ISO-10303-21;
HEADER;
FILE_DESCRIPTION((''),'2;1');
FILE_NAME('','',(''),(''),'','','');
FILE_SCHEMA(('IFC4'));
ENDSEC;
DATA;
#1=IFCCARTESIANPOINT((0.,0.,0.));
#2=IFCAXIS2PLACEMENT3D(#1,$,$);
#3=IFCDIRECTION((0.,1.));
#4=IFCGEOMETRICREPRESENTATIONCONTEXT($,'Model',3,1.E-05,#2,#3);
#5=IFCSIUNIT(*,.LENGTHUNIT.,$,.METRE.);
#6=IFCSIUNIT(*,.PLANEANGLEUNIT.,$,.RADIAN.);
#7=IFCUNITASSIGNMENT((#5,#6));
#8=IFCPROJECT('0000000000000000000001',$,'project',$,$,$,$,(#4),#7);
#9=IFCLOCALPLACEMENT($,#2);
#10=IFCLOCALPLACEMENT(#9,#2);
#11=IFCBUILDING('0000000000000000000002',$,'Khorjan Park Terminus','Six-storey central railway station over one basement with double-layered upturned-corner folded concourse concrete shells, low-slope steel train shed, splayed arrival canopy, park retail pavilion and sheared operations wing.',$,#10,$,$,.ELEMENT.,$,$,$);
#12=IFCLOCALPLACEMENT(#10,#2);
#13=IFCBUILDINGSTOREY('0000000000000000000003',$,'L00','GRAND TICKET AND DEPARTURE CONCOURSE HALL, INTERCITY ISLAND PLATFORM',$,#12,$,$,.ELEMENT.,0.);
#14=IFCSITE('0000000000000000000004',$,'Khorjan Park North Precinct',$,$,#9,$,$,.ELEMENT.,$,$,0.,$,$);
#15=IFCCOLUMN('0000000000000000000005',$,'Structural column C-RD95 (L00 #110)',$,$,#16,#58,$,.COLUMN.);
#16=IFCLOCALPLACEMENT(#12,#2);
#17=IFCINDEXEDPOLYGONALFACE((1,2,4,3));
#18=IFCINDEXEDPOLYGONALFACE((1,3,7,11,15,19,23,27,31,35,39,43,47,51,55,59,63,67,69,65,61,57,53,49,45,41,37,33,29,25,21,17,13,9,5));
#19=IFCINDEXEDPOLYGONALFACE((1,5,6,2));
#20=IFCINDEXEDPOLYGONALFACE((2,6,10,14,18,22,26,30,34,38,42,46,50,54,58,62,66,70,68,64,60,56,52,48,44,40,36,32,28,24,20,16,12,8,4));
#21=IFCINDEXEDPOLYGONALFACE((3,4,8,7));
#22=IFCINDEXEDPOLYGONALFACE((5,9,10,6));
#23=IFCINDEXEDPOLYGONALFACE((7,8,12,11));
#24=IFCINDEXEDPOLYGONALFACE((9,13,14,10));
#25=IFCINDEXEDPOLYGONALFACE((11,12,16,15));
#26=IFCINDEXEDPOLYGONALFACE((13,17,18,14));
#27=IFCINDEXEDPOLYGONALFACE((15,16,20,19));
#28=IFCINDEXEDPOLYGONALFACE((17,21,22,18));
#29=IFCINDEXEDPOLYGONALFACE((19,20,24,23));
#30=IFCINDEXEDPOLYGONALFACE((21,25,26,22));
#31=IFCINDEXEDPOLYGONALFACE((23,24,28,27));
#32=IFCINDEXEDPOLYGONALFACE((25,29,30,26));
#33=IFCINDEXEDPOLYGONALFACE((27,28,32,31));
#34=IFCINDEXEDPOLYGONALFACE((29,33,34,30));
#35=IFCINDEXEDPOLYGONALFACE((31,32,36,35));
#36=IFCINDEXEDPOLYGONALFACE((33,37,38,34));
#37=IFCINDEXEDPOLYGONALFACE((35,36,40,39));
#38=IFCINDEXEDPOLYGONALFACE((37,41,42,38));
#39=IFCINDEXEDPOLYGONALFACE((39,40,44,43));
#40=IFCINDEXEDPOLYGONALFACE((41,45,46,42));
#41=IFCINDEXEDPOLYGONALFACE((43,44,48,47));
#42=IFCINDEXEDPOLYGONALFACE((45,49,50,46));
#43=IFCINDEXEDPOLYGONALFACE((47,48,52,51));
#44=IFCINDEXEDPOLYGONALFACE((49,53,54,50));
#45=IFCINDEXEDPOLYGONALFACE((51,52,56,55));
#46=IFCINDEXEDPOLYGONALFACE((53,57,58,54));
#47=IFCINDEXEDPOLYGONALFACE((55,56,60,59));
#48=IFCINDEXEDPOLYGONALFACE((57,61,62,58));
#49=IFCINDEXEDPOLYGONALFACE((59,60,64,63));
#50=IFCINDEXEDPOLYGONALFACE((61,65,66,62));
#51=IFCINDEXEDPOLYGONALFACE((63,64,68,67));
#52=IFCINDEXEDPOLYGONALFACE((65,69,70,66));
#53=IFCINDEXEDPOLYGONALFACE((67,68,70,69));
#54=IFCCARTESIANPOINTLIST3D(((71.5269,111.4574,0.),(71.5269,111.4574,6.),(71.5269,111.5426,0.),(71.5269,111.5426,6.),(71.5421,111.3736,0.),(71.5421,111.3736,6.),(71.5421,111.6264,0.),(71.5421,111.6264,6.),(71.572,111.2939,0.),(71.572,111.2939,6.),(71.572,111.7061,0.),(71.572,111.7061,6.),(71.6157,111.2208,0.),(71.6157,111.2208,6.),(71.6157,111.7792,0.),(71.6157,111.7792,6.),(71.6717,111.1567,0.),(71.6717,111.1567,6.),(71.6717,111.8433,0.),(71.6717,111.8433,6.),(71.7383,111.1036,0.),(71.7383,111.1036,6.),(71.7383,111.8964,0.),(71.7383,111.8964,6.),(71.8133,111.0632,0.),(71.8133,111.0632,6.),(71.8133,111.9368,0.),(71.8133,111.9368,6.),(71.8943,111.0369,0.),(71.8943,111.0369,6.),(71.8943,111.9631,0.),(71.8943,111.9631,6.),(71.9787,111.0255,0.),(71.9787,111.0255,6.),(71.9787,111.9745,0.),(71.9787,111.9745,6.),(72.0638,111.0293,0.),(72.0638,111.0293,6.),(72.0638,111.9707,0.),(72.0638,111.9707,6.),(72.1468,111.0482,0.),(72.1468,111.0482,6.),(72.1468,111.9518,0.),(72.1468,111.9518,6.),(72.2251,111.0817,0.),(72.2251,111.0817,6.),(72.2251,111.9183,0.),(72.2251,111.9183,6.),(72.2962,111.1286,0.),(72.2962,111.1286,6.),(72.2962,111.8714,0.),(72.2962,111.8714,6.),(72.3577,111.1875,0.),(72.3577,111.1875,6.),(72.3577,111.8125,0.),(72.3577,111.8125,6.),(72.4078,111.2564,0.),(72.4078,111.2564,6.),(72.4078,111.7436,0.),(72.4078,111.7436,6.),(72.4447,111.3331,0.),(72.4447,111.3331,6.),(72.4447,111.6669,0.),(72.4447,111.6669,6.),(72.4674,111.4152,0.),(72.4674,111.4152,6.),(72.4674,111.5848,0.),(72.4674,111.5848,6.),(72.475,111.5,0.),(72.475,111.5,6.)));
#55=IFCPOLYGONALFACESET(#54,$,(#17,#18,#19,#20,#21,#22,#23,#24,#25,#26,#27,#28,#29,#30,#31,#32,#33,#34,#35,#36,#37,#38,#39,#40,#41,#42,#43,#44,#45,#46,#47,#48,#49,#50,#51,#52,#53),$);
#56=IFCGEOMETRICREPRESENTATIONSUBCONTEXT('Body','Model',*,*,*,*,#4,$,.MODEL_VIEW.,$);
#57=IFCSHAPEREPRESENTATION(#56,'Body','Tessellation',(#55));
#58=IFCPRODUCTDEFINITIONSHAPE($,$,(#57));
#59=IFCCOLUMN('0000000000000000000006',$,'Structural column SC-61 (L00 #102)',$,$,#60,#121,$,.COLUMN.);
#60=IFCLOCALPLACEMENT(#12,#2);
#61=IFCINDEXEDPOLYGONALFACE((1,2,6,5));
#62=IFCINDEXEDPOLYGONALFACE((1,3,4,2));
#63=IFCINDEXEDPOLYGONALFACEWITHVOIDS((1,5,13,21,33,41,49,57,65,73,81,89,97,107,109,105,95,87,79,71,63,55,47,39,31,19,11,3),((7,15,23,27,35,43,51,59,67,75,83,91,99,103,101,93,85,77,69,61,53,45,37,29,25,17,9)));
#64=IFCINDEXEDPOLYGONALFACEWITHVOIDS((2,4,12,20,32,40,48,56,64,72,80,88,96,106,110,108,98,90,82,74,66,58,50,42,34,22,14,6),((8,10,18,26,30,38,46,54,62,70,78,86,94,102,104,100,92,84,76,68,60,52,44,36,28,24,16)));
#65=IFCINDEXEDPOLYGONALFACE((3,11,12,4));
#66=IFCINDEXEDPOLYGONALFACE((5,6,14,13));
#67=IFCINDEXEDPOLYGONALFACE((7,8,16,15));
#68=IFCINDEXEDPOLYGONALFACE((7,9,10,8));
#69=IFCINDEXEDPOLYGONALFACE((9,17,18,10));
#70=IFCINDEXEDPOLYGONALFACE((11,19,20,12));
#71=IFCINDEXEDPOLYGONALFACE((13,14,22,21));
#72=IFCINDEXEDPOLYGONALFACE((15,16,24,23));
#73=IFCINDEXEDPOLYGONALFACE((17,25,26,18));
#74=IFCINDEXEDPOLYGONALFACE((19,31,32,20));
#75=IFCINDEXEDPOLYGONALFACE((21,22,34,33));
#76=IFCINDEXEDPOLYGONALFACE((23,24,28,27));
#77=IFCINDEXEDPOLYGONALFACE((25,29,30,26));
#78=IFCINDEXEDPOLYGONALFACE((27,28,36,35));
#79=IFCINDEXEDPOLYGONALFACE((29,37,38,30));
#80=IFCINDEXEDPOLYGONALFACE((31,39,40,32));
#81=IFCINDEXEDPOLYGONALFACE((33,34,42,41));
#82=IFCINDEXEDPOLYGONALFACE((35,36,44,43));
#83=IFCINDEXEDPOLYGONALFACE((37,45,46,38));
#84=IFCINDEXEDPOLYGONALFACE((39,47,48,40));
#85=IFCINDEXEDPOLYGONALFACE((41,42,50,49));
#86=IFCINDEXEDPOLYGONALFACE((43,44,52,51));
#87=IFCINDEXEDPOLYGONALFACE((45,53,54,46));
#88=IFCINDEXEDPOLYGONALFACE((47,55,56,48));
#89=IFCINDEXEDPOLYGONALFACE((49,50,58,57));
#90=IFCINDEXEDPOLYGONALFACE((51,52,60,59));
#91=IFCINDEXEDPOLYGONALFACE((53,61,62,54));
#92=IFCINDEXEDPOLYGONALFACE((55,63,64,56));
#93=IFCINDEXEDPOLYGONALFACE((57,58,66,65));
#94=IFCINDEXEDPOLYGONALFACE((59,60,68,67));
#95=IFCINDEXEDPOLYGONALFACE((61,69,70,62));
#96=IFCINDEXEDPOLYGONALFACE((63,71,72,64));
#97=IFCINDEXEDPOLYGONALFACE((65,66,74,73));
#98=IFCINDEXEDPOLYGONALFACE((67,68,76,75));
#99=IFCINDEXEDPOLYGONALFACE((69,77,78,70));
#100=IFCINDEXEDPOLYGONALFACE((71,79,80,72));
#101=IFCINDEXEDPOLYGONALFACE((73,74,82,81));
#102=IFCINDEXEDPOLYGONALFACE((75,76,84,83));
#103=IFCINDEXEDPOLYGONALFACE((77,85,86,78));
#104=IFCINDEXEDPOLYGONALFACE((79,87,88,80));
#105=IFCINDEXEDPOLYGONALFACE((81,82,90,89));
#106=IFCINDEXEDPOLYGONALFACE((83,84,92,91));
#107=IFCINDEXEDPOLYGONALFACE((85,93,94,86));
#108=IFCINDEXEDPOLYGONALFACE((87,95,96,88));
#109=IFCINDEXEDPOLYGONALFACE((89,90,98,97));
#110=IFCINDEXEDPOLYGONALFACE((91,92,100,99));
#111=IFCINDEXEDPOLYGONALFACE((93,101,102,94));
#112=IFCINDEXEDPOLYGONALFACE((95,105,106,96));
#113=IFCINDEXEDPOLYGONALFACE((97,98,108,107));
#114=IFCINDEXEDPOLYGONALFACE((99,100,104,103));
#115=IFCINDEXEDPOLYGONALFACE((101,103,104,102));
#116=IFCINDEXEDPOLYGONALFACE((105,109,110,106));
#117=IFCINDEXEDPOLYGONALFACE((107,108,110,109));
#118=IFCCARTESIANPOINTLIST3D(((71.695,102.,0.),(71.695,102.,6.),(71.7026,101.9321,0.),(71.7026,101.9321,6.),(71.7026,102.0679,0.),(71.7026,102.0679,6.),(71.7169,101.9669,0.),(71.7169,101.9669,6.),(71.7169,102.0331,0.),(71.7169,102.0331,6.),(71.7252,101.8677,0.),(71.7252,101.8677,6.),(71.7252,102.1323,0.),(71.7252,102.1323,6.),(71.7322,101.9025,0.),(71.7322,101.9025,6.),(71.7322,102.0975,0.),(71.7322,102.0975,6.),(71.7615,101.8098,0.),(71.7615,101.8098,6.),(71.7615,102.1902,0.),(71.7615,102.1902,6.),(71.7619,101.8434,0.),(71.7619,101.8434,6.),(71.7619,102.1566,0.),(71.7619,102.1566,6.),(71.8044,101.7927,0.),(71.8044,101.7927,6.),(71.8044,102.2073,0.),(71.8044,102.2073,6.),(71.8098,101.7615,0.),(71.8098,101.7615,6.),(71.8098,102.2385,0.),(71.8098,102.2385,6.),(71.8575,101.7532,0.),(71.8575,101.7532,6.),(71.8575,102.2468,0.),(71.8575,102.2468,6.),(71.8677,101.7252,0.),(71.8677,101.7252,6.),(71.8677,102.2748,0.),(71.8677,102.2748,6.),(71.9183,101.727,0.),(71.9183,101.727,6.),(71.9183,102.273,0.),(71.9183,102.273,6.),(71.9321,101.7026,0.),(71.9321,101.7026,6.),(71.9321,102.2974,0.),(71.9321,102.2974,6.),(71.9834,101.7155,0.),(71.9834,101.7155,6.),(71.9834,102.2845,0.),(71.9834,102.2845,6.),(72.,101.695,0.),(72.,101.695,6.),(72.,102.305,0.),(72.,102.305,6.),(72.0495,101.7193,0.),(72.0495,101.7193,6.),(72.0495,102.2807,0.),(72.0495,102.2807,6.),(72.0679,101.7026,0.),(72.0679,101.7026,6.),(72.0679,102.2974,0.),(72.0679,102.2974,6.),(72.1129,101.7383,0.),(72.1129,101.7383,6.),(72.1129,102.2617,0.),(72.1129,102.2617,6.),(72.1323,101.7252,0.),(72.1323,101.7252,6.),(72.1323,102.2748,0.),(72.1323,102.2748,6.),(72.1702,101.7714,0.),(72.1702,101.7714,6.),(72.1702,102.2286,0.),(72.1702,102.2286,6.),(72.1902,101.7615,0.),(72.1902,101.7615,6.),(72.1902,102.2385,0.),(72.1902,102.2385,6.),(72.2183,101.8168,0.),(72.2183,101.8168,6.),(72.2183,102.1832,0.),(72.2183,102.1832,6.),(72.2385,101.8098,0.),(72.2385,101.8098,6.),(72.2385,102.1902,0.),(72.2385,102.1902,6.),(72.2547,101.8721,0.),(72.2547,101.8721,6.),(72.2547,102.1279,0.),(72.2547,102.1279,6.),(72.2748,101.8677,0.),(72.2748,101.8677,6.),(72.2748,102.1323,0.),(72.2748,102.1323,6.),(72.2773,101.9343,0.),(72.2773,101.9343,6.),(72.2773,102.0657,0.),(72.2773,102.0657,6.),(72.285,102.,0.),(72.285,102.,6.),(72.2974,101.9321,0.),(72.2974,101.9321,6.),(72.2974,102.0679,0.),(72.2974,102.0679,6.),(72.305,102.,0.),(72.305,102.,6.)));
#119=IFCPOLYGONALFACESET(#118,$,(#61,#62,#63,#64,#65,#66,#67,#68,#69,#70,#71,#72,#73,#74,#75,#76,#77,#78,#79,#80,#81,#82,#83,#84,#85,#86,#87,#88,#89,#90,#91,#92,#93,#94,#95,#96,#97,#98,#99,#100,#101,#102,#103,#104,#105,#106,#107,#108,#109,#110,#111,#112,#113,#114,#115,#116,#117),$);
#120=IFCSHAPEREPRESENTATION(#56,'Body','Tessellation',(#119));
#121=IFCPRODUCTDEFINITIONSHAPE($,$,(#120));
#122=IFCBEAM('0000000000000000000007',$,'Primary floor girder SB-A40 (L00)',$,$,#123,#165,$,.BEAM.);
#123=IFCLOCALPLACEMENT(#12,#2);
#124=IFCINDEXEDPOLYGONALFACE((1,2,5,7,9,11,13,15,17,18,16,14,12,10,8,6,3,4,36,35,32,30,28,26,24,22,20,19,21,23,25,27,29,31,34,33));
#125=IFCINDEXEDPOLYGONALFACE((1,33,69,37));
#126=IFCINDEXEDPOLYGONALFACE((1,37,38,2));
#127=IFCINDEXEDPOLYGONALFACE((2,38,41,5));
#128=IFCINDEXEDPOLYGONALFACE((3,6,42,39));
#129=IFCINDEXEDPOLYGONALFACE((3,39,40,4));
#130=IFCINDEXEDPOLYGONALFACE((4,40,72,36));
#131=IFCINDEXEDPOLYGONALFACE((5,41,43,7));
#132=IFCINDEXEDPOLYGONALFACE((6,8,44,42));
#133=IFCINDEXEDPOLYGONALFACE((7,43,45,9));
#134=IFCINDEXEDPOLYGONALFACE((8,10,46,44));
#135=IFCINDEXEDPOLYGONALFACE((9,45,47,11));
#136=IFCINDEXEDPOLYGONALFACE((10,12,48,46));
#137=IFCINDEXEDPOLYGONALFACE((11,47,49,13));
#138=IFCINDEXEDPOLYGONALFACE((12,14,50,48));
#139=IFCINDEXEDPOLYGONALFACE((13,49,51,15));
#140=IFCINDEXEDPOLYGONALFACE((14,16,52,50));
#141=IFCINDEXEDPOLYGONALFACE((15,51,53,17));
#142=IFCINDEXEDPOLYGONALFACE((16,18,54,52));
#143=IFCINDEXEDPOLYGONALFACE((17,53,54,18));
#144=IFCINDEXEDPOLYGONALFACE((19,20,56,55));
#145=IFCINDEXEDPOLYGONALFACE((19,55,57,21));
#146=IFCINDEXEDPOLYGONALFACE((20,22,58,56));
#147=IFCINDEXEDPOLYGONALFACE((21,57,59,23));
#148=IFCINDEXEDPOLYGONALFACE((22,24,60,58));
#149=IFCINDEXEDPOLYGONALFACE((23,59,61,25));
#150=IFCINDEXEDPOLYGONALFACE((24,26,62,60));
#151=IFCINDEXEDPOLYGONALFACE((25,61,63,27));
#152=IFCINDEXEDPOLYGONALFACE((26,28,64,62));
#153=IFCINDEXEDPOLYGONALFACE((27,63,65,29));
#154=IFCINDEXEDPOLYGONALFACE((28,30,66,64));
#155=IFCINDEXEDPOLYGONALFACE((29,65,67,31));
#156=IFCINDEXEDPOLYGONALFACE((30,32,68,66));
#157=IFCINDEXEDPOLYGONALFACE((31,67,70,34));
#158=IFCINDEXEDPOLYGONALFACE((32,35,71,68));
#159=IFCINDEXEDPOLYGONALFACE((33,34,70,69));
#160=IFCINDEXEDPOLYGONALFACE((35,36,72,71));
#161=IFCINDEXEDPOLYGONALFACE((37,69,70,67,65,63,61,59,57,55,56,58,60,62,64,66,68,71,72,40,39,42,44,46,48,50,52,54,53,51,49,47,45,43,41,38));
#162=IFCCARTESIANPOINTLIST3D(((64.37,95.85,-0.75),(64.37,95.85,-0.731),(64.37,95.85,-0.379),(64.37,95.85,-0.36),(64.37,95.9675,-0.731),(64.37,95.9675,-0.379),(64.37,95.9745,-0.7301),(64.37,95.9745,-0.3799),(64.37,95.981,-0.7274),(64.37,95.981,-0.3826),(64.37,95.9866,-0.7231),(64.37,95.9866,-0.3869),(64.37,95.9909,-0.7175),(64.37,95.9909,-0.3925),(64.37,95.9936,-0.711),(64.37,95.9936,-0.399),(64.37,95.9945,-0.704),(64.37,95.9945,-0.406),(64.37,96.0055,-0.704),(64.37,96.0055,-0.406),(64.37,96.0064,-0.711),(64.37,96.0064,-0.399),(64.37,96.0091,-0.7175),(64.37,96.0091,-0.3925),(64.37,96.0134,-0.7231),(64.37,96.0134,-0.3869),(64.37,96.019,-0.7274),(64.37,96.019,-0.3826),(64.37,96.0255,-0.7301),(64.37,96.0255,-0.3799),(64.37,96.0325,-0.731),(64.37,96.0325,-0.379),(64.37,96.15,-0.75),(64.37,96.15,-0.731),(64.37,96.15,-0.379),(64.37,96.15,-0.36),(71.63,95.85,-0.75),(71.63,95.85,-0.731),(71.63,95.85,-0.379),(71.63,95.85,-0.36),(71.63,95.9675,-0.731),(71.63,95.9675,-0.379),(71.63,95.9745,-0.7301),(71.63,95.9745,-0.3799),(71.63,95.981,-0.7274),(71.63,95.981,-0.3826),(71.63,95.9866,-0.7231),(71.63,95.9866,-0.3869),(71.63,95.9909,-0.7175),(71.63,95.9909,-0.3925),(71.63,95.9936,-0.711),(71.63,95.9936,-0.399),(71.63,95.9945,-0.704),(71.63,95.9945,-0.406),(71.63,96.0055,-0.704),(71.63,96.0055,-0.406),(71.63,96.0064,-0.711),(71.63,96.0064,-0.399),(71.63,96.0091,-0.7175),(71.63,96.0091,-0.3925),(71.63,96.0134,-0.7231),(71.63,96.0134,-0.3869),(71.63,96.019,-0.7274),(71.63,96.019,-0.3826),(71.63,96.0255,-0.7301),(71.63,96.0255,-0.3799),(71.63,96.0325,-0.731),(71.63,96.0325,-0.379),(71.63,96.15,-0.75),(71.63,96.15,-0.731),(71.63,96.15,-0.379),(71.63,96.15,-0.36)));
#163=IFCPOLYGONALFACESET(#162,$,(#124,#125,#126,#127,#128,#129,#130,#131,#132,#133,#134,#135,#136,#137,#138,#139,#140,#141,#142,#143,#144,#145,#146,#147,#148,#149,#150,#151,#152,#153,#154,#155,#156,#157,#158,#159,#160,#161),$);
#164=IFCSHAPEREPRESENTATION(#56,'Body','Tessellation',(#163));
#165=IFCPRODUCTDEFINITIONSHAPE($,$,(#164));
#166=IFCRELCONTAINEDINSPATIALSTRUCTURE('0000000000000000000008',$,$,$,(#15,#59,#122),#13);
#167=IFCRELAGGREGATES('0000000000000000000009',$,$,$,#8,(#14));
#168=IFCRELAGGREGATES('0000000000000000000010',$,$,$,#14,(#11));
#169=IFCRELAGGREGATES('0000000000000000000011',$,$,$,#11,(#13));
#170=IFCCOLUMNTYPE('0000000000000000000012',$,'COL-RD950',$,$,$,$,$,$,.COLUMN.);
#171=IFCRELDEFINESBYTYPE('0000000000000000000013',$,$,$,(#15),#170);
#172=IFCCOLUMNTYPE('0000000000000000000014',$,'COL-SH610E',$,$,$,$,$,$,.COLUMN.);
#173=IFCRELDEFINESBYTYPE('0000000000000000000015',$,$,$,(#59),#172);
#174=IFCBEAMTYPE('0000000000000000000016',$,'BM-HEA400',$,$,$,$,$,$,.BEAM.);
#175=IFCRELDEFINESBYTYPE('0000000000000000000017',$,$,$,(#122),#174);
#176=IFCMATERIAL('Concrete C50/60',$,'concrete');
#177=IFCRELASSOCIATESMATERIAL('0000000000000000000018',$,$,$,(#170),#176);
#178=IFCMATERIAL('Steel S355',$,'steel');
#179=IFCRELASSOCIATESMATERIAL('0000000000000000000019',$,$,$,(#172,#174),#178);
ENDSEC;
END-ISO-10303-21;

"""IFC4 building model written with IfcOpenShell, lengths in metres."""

from ifc_helpers import new_model, si_unit, direction, frame, origin, origin_2d, place, context, subcontext, project, spatial, circle, hollow_circle, i_section, extrude, material, material_profile, profile_set, type_object, element, save


model = new_model("IFC4")

# Units and contexts
model_context = context("Model", 3, precision=1e-05, world=origin(), true_north=direction((0.0, 1.0)))
body_context = subcontext(model_context, "Body", "Model", "MODEL_VIEW")
ifc_project = project(units=[si_unit("LENGTHUNIT", "METRE"), si_unit("PLANEANGLEUNIT", "RADIAN")], contexts=[model_context])

# Site, building, storey
site_placement = place(None, origin())
site = spatial("IfcSite", under=ifc_project, at=site_placement, Name="Khorjan Park North Precinct", CompositionType="ELEMENT", RefElevation=0.0)
building_placement = place(site_placement, origin())
building = spatial("IfcBuilding", under=site, at=building_placement, Name="Khorjan Park Terminus", Description="Six-storey central railway station over one basement with double-layered upturned-corner folded concourse concrete shells, low-slope steel train shed, splayed arrival canopy, park retail pavilion and sheared operations wing.", CompositionType="ELEMENT")
storey_placement = place(building_placement, origin())
storey = spatial("IfcBuildingStorey", under=building, at=storey_placement, Name="L00", Description="GRAND TICKET AND DEPARTURE CONCOURSE HALL, INTERCITY ISLAND PLATFORM", CompositionType="ELEMENT", Elevation=0.0)

# Columns
ifc_material_1 = material(Name="Steel S355", Category="steel")
ifc_material_2 = material(Name="Concrete C50/60", Category="concrete")
ifc_material_profile_1 = material_profile(ifc_material_2, circle(Radius=0.475, at=origin_2d()), Name="RC D950")
ifc_profile_set_1 = profile_set([ifc_material_profile_1], Name="Concrete C50/60")
column_type_1 = type_object("IfcColumnType", Name="COL-RD950", PredefinedType="COLUMN", material=ifc_profile_set_1)
column_1_placement = place(storey_placement, frame((72.0, 111.5, 0.0), z_axis=(0.0, 0.0, 1.0), x_axis=(1.0, 0.0, 0.0)))
element("IfcColumn", 1, at=column_1_placement, inside=storey, type_object=column_type_1, Name="Structural column C-RD95 (L00 #110)", PredefinedType="COLUMN", context=body_context, shape_type="SweptSolid", body=[
    extrude(circle(Radius=0.475, at=origin_2d()), origin(), (0.0, 0.0, 1.0), 6.0),
])
ifc_material_profile_2 = material_profile(ifc_material_1, hollow_circle(Radius=0.305, WallThickness=0.02, at=origin_2d()), Name="CHS 610x20")
ifc_profile_set_2 = profile_set([ifc_material_profile_2], Name="Steel S355")
column_type_2 = type_object("IfcColumnType", Name="COL-SH610E", PredefinedType="COLUMN", material=ifc_profile_set_2)
column_2_placement = place(storey_placement, frame((72.0, 102.0, 0.0), z_axis=(0.0, 0.0, 1.0), x_axis=(1.0, 0.0, 0.0)))
element("IfcColumn", 2, at=column_2_placement, inside=storey, type_object=column_type_2, Name="Structural column SC-61 (L00 #102)", PredefinedType="COLUMN", context=body_context, shape_type="SweptSolid", body=[
    extrude(hollow_circle(Radius=0.305, WallThickness=0.02, at=origin_2d()), origin(), (0.0, 0.0, 1.0), 6.0),
])

# Beam
ifc_material_profile_3 = material_profile(ifc_material_1, i_section(OverallWidth=0.3, OverallDepth=0.39, WebThickness=0.011, FlangeThickness=0.019, FilletRadius=0.027, at=origin_2d()), Name="HEA 400")
ifc_profile_set_3 = profile_set([ifc_material_profile_3], Name="Steel S355")
beam_type_1 = type_object("IfcBeamType", Name="BM-HEA400", PredefinedType="BEAM", material=ifc_profile_set_3)
beam_1_placement = place(storey_placement, frame((64.37, 96.0, -0.555), z_axis=(1.0, 0.0, 0.0), x_axis=(0.0, 1.0, 0.0)))
element("IfcBeam", 3, at=beam_1_placement, inside=storey, type_object=beam_type_1, Name="Primary floor girder SB-A40 (L00)", PredefinedType="BEAM", context=body_context, shape_type="SweptSolid", body=[
    extrude(i_section(OverallWidth=0.3, OverallDepth=0.39, WebThickness=0.011, FlangeThickness=0.019, FilletRadius=0.027, at=origin_2d()), origin(), (0.0, 0.0, 1.0), 7.26),
])

save(model, "model.ifc")
